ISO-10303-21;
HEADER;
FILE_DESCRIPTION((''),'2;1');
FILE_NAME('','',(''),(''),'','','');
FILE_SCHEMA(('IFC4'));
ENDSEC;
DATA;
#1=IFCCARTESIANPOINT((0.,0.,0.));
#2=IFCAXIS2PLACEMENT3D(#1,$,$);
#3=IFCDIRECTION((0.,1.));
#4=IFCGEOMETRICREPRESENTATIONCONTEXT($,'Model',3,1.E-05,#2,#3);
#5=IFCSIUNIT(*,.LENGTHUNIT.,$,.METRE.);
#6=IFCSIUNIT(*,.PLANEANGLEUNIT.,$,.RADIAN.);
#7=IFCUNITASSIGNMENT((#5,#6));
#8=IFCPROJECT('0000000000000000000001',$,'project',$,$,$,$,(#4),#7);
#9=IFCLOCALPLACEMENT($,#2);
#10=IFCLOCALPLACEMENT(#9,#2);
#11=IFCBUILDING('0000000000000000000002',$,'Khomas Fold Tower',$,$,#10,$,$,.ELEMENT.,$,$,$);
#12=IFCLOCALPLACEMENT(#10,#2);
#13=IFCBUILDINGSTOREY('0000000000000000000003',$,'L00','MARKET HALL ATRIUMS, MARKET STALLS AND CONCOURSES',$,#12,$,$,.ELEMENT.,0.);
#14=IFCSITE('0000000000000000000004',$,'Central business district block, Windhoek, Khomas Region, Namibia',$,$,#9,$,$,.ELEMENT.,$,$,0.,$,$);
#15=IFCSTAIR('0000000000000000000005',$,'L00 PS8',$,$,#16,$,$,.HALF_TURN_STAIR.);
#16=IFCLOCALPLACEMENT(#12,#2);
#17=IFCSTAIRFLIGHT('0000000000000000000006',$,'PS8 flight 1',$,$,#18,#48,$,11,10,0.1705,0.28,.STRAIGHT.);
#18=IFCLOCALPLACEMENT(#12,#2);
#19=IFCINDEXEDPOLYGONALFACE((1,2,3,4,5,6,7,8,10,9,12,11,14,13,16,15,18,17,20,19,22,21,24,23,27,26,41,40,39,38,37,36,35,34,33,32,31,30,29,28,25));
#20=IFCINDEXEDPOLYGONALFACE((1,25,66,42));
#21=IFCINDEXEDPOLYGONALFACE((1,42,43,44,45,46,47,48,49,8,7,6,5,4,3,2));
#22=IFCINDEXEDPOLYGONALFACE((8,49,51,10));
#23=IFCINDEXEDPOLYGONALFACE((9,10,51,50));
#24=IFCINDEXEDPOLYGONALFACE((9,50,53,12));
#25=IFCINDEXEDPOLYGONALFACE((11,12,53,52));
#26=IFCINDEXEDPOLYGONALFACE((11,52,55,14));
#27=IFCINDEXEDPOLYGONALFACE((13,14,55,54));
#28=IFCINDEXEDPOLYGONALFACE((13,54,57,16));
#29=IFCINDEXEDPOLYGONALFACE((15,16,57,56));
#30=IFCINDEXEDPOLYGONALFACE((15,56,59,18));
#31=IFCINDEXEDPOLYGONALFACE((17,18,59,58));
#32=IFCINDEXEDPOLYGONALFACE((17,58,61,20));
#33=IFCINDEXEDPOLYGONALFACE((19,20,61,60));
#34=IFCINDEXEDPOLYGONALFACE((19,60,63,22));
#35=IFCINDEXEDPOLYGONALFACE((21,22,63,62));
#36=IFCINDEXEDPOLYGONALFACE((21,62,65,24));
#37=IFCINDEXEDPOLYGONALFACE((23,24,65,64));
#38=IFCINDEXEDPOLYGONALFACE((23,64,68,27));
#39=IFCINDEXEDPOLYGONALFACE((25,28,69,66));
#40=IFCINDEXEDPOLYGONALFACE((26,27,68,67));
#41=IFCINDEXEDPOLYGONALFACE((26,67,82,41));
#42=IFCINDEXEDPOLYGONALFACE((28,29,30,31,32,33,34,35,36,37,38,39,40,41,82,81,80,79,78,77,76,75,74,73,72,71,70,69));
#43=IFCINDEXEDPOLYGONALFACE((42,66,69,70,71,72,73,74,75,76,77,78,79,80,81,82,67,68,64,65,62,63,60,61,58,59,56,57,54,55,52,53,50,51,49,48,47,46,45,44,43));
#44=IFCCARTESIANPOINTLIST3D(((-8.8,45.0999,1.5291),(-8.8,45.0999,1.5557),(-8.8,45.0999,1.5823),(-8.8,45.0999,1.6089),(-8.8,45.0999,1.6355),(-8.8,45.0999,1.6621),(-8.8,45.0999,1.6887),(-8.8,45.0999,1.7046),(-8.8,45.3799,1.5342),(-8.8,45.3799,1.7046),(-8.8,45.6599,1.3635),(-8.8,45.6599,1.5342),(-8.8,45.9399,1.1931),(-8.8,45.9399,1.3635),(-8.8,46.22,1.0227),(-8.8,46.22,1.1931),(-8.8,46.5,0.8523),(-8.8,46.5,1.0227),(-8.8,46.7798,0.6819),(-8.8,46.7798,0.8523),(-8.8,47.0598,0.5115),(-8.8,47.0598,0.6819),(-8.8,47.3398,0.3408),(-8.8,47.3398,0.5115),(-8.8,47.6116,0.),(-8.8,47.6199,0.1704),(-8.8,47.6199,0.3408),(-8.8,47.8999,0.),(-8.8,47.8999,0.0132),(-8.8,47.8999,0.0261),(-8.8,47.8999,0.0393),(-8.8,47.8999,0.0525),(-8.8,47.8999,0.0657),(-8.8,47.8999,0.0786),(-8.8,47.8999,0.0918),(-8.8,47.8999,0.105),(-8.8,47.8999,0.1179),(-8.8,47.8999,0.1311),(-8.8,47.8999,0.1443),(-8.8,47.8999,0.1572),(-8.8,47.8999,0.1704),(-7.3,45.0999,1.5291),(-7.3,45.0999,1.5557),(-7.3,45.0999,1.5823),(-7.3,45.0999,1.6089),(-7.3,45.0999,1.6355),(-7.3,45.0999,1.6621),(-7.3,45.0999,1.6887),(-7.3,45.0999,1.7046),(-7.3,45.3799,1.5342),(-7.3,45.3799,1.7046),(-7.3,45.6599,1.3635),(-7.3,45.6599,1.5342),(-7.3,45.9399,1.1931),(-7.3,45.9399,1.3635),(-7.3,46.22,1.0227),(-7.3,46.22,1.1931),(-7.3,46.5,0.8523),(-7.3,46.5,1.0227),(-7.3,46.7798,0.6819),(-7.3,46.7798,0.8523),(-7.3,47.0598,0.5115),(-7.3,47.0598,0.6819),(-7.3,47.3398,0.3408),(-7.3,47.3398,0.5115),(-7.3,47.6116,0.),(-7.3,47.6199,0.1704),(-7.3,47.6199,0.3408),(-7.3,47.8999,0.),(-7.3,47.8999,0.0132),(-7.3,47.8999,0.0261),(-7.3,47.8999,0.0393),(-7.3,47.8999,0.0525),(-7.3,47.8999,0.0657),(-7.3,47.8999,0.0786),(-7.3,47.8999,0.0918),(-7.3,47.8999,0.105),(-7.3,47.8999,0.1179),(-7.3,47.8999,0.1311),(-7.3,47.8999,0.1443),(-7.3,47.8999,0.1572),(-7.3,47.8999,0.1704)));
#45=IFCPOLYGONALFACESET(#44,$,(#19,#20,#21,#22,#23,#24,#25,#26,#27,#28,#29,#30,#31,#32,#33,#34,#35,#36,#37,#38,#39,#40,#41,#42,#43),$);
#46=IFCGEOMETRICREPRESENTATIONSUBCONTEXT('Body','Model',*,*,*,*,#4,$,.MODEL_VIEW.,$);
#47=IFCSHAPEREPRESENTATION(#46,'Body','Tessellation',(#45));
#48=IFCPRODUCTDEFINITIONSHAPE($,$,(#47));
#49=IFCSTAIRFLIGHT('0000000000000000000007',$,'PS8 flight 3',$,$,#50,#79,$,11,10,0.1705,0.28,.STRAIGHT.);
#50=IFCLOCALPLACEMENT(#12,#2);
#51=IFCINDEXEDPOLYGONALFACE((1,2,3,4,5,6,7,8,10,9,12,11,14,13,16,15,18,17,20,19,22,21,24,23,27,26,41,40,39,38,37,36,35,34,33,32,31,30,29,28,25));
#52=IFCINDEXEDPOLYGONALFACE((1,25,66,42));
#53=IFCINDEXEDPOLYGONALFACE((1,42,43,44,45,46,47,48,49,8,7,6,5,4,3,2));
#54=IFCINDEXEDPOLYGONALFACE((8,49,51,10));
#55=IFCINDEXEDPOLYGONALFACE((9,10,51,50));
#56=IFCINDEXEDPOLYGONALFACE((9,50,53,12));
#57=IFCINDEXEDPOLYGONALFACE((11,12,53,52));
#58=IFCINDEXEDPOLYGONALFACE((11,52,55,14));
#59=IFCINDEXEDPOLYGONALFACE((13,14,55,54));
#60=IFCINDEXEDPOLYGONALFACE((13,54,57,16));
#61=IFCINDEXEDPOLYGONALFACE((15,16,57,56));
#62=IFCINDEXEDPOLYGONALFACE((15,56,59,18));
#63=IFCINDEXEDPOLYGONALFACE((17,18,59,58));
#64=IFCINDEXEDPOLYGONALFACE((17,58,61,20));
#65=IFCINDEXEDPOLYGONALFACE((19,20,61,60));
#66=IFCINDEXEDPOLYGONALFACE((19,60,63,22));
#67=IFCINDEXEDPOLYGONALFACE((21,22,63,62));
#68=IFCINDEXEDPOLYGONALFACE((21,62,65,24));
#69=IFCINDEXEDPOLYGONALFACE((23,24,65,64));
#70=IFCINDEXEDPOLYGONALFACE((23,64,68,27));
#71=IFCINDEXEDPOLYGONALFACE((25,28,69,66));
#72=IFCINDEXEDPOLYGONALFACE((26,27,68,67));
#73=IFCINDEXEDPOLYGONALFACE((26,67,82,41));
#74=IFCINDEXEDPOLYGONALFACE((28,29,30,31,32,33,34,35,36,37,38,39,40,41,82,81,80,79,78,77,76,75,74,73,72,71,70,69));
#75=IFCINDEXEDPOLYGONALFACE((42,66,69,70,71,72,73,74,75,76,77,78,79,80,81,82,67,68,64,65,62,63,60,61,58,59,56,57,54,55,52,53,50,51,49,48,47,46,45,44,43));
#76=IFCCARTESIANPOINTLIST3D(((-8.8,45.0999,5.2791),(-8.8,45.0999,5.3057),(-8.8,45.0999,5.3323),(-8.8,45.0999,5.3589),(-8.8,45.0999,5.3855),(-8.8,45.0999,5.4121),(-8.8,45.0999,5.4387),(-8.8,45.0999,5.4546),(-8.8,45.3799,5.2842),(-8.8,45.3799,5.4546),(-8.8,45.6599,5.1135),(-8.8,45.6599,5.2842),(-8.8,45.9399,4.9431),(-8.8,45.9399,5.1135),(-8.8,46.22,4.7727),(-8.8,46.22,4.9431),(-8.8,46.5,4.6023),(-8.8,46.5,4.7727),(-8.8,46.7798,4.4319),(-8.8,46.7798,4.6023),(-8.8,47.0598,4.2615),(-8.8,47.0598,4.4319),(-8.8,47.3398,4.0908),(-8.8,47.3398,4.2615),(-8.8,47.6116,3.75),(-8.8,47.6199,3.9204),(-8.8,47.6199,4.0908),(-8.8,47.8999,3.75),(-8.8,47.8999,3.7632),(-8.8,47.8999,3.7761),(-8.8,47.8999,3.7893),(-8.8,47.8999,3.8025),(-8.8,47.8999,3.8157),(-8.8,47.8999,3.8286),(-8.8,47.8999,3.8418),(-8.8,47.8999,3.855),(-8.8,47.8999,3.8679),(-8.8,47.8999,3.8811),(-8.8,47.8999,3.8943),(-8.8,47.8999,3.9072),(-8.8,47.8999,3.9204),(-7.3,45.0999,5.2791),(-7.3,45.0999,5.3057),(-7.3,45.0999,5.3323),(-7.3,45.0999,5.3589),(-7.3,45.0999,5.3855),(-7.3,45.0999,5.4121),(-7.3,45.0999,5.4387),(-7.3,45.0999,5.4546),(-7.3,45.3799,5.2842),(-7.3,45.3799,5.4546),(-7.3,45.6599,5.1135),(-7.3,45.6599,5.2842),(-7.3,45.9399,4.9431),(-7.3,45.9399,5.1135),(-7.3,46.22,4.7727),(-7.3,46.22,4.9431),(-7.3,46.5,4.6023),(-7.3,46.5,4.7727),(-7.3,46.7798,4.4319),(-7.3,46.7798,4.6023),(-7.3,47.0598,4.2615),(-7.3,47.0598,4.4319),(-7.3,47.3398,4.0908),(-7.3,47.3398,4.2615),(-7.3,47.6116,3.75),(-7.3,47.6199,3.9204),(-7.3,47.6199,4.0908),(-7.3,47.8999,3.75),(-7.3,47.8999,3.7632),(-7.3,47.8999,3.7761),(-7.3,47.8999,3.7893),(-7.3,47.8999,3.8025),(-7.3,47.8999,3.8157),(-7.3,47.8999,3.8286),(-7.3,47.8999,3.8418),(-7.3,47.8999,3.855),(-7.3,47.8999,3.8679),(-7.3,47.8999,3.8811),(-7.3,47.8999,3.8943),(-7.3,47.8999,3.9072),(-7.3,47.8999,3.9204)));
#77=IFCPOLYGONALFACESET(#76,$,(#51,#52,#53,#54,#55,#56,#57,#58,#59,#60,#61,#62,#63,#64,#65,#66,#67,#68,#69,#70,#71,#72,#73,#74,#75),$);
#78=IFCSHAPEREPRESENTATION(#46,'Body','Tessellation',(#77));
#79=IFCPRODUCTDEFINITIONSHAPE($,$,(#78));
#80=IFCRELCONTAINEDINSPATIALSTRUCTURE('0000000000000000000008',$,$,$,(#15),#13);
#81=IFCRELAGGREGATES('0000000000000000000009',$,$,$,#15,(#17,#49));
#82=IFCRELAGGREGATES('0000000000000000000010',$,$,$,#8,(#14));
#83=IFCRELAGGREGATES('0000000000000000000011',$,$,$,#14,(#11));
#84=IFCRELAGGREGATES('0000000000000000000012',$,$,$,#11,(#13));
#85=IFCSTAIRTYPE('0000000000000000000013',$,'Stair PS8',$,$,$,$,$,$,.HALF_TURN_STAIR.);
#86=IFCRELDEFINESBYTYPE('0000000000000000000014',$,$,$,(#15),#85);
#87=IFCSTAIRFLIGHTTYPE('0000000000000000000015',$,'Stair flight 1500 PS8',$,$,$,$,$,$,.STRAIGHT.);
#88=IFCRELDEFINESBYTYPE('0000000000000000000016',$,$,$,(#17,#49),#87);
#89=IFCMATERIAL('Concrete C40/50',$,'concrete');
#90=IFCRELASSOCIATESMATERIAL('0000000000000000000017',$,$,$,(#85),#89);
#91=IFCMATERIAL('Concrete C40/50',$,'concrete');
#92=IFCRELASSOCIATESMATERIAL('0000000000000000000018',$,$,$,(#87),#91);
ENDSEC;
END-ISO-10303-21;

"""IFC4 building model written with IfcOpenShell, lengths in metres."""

from ifc_helpers import new_model, si_unit, direction, frame, origin, place, context, subcontext, project, spatial, polyline, outline, extrude, source, transform, mapped, material, type_object, element, aggregate, save


model = new_model("IFC4")

# Units and contexts
model_context = context("Model", 3, precision=1e-05, world=origin(), true_north=direction((0.0, 1.0)))
body_context = subcontext(model_context, "Body", "Model", "MODEL_VIEW")
ifc_project = project(units=[si_unit("LENGTHUNIT", "METRE"), si_unit("PLANEANGLEUNIT", "RADIAN")], contexts=[model_context])

# Site, building, storey
site_placement = place(None, origin())
site = spatial("IfcSite", under=ifc_project, at=site_placement, Name="Central business district block, Windhoek, Khomas Region, Namibia", CompositionType="ELEMENT", RefElevation=0.0)
building_placement = place(site_placement, origin())
building = spatial("IfcBuilding", under=site, at=building_placement, Name="Khomas Fold Tower", CompositionType="ELEMENT")
storey_placement = place(building_placement, origin())
storey = spatial("IfcBuildingStorey", under=building, at=storey_placement, Name="L00", Description="MARKET HALL ATRIUMS, MARKET STALLS AND CONCOURSES", CompositionType="ELEMENT", Elevation=0.0)

# Stair, stair flights
ifc_material_1 = material(Name="Concrete C40/50", Category="concrete")
stair_type = type_object("IfcStairType", Name="Stair PS8", PredefinedType="HALF_TURN_STAIR", material=ifc_material_1)
stair_placement = place(storey_placement, origin())
stair = element("IfcStair", 1, at=stair_placement, inside=storey, type_object=stair_type, Name="L00 PS8", PredefinedType="HALF_TURN_STAIR")
ifc_material_2 = material(Name="Concrete C40/50", Category="concrete")
stair_flight_type = type_object("IfcStairFlightType", Name="Stair flight 1500 PS8", PredefinedType="STRAIGHT", material=ifc_material_2)
shared_shape_1 = source(origin(), body_context, "Body", "SweptSolid", [
    extrude(outline(polyline([(0.0, 0.0), (0.0, 0.0132), (0.0, 0.0261), (0.0, 0.0393), (0.0, 0.0525), (0.0, 0.0657), (0.0, 0.0786), (0.0, 0.0918), (0.0, 0.105), (0.0, 0.1179), (0.0, 0.1311), (0.0, 0.1443), (0.0, 0.1572), (0.0, 0.1704), (0.28, 0.1704), (0.28, 0.3408), (0.5601, 0.3408), (0.5601, 0.5115), (0.8401, 0.5115), (0.8401, 0.6819), (1.1201, 0.6819), (1.1201, 0.8523), (1.3999, 0.8523), (1.3999, 1.0227), (1.6799, 1.0227), (1.6799, 1.1931), (1.96, 1.1931), (1.96, 1.3635), (2.24, 1.3635), (2.24, 1.5342), (2.52, 1.5342), (2.52, 1.7046), (2.8, 1.7046), (2.8, 1.875), (2.8, 1.8484), (2.8, 1.8218), (2.8, 1.7952), (2.8, 1.7686), (2.8, 1.7419), (2.8, 1.7153), (2.8, 1.6887), (2.8, 1.6621), (2.8, 1.6355), (2.8, 1.6089), (2.8, 1.5823), (2.8, 1.5557), (2.8, 1.5291), (0.2883, 0.0), (0.0, 0.0)])), frame((0.0, 0.75, 0.0), z_axis=(0.0, -1.0, 0.0), x_axis=(1.0, 0.0, 0.0)), (0.0, 0.0, 1.0), 1.5),
])
stair_flight_1_placement = place(storey_placement, frame((-8.05, 47.8999, 0.0), z_axis=(0.0, 0.0, 1.0), x_axis=(0.0, -1.0, 0.0)))
stair_flight_1 = element("IfcStairFlight", 2, at=stair_flight_1_placement, type_object=stair_flight_type, Name="PS8 flight 1", NumberOfRisers=11, NumberOfTreads=10, PredefinedType="STRAIGHT", RiserHeight=0.1705, TreadLength=0.28, context=body_context, shape_type="MappedRepresentation", body=[
    mapped(shared_shape_1, transform((0.0, 0.0, 0.0))),
])
stair_flight_2_placement = place(storey_placement, frame((-8.05, 47.8999, 3.75), z_axis=(0.0, 0.0, 1.0), x_axis=(0.0, -1.0, 0.0)))
stair_flight_2 = element("IfcStairFlight", 3, at=stair_flight_2_placement, type_object=stair_flight_type, Name="PS8 flight 3", NumberOfRisers=11, NumberOfTreads=10, PredefinedType="STRAIGHT", RiserHeight=0.1705, TreadLength=0.28, context=body_context, shape_type="MappedRepresentation", body=[
    mapped(shared_shape_1, transform((0.0, 0.0, 0.0))),
])
aggregate(stair, [stair_flight_1, stair_flight_2])

save(model, "model.ifc")
